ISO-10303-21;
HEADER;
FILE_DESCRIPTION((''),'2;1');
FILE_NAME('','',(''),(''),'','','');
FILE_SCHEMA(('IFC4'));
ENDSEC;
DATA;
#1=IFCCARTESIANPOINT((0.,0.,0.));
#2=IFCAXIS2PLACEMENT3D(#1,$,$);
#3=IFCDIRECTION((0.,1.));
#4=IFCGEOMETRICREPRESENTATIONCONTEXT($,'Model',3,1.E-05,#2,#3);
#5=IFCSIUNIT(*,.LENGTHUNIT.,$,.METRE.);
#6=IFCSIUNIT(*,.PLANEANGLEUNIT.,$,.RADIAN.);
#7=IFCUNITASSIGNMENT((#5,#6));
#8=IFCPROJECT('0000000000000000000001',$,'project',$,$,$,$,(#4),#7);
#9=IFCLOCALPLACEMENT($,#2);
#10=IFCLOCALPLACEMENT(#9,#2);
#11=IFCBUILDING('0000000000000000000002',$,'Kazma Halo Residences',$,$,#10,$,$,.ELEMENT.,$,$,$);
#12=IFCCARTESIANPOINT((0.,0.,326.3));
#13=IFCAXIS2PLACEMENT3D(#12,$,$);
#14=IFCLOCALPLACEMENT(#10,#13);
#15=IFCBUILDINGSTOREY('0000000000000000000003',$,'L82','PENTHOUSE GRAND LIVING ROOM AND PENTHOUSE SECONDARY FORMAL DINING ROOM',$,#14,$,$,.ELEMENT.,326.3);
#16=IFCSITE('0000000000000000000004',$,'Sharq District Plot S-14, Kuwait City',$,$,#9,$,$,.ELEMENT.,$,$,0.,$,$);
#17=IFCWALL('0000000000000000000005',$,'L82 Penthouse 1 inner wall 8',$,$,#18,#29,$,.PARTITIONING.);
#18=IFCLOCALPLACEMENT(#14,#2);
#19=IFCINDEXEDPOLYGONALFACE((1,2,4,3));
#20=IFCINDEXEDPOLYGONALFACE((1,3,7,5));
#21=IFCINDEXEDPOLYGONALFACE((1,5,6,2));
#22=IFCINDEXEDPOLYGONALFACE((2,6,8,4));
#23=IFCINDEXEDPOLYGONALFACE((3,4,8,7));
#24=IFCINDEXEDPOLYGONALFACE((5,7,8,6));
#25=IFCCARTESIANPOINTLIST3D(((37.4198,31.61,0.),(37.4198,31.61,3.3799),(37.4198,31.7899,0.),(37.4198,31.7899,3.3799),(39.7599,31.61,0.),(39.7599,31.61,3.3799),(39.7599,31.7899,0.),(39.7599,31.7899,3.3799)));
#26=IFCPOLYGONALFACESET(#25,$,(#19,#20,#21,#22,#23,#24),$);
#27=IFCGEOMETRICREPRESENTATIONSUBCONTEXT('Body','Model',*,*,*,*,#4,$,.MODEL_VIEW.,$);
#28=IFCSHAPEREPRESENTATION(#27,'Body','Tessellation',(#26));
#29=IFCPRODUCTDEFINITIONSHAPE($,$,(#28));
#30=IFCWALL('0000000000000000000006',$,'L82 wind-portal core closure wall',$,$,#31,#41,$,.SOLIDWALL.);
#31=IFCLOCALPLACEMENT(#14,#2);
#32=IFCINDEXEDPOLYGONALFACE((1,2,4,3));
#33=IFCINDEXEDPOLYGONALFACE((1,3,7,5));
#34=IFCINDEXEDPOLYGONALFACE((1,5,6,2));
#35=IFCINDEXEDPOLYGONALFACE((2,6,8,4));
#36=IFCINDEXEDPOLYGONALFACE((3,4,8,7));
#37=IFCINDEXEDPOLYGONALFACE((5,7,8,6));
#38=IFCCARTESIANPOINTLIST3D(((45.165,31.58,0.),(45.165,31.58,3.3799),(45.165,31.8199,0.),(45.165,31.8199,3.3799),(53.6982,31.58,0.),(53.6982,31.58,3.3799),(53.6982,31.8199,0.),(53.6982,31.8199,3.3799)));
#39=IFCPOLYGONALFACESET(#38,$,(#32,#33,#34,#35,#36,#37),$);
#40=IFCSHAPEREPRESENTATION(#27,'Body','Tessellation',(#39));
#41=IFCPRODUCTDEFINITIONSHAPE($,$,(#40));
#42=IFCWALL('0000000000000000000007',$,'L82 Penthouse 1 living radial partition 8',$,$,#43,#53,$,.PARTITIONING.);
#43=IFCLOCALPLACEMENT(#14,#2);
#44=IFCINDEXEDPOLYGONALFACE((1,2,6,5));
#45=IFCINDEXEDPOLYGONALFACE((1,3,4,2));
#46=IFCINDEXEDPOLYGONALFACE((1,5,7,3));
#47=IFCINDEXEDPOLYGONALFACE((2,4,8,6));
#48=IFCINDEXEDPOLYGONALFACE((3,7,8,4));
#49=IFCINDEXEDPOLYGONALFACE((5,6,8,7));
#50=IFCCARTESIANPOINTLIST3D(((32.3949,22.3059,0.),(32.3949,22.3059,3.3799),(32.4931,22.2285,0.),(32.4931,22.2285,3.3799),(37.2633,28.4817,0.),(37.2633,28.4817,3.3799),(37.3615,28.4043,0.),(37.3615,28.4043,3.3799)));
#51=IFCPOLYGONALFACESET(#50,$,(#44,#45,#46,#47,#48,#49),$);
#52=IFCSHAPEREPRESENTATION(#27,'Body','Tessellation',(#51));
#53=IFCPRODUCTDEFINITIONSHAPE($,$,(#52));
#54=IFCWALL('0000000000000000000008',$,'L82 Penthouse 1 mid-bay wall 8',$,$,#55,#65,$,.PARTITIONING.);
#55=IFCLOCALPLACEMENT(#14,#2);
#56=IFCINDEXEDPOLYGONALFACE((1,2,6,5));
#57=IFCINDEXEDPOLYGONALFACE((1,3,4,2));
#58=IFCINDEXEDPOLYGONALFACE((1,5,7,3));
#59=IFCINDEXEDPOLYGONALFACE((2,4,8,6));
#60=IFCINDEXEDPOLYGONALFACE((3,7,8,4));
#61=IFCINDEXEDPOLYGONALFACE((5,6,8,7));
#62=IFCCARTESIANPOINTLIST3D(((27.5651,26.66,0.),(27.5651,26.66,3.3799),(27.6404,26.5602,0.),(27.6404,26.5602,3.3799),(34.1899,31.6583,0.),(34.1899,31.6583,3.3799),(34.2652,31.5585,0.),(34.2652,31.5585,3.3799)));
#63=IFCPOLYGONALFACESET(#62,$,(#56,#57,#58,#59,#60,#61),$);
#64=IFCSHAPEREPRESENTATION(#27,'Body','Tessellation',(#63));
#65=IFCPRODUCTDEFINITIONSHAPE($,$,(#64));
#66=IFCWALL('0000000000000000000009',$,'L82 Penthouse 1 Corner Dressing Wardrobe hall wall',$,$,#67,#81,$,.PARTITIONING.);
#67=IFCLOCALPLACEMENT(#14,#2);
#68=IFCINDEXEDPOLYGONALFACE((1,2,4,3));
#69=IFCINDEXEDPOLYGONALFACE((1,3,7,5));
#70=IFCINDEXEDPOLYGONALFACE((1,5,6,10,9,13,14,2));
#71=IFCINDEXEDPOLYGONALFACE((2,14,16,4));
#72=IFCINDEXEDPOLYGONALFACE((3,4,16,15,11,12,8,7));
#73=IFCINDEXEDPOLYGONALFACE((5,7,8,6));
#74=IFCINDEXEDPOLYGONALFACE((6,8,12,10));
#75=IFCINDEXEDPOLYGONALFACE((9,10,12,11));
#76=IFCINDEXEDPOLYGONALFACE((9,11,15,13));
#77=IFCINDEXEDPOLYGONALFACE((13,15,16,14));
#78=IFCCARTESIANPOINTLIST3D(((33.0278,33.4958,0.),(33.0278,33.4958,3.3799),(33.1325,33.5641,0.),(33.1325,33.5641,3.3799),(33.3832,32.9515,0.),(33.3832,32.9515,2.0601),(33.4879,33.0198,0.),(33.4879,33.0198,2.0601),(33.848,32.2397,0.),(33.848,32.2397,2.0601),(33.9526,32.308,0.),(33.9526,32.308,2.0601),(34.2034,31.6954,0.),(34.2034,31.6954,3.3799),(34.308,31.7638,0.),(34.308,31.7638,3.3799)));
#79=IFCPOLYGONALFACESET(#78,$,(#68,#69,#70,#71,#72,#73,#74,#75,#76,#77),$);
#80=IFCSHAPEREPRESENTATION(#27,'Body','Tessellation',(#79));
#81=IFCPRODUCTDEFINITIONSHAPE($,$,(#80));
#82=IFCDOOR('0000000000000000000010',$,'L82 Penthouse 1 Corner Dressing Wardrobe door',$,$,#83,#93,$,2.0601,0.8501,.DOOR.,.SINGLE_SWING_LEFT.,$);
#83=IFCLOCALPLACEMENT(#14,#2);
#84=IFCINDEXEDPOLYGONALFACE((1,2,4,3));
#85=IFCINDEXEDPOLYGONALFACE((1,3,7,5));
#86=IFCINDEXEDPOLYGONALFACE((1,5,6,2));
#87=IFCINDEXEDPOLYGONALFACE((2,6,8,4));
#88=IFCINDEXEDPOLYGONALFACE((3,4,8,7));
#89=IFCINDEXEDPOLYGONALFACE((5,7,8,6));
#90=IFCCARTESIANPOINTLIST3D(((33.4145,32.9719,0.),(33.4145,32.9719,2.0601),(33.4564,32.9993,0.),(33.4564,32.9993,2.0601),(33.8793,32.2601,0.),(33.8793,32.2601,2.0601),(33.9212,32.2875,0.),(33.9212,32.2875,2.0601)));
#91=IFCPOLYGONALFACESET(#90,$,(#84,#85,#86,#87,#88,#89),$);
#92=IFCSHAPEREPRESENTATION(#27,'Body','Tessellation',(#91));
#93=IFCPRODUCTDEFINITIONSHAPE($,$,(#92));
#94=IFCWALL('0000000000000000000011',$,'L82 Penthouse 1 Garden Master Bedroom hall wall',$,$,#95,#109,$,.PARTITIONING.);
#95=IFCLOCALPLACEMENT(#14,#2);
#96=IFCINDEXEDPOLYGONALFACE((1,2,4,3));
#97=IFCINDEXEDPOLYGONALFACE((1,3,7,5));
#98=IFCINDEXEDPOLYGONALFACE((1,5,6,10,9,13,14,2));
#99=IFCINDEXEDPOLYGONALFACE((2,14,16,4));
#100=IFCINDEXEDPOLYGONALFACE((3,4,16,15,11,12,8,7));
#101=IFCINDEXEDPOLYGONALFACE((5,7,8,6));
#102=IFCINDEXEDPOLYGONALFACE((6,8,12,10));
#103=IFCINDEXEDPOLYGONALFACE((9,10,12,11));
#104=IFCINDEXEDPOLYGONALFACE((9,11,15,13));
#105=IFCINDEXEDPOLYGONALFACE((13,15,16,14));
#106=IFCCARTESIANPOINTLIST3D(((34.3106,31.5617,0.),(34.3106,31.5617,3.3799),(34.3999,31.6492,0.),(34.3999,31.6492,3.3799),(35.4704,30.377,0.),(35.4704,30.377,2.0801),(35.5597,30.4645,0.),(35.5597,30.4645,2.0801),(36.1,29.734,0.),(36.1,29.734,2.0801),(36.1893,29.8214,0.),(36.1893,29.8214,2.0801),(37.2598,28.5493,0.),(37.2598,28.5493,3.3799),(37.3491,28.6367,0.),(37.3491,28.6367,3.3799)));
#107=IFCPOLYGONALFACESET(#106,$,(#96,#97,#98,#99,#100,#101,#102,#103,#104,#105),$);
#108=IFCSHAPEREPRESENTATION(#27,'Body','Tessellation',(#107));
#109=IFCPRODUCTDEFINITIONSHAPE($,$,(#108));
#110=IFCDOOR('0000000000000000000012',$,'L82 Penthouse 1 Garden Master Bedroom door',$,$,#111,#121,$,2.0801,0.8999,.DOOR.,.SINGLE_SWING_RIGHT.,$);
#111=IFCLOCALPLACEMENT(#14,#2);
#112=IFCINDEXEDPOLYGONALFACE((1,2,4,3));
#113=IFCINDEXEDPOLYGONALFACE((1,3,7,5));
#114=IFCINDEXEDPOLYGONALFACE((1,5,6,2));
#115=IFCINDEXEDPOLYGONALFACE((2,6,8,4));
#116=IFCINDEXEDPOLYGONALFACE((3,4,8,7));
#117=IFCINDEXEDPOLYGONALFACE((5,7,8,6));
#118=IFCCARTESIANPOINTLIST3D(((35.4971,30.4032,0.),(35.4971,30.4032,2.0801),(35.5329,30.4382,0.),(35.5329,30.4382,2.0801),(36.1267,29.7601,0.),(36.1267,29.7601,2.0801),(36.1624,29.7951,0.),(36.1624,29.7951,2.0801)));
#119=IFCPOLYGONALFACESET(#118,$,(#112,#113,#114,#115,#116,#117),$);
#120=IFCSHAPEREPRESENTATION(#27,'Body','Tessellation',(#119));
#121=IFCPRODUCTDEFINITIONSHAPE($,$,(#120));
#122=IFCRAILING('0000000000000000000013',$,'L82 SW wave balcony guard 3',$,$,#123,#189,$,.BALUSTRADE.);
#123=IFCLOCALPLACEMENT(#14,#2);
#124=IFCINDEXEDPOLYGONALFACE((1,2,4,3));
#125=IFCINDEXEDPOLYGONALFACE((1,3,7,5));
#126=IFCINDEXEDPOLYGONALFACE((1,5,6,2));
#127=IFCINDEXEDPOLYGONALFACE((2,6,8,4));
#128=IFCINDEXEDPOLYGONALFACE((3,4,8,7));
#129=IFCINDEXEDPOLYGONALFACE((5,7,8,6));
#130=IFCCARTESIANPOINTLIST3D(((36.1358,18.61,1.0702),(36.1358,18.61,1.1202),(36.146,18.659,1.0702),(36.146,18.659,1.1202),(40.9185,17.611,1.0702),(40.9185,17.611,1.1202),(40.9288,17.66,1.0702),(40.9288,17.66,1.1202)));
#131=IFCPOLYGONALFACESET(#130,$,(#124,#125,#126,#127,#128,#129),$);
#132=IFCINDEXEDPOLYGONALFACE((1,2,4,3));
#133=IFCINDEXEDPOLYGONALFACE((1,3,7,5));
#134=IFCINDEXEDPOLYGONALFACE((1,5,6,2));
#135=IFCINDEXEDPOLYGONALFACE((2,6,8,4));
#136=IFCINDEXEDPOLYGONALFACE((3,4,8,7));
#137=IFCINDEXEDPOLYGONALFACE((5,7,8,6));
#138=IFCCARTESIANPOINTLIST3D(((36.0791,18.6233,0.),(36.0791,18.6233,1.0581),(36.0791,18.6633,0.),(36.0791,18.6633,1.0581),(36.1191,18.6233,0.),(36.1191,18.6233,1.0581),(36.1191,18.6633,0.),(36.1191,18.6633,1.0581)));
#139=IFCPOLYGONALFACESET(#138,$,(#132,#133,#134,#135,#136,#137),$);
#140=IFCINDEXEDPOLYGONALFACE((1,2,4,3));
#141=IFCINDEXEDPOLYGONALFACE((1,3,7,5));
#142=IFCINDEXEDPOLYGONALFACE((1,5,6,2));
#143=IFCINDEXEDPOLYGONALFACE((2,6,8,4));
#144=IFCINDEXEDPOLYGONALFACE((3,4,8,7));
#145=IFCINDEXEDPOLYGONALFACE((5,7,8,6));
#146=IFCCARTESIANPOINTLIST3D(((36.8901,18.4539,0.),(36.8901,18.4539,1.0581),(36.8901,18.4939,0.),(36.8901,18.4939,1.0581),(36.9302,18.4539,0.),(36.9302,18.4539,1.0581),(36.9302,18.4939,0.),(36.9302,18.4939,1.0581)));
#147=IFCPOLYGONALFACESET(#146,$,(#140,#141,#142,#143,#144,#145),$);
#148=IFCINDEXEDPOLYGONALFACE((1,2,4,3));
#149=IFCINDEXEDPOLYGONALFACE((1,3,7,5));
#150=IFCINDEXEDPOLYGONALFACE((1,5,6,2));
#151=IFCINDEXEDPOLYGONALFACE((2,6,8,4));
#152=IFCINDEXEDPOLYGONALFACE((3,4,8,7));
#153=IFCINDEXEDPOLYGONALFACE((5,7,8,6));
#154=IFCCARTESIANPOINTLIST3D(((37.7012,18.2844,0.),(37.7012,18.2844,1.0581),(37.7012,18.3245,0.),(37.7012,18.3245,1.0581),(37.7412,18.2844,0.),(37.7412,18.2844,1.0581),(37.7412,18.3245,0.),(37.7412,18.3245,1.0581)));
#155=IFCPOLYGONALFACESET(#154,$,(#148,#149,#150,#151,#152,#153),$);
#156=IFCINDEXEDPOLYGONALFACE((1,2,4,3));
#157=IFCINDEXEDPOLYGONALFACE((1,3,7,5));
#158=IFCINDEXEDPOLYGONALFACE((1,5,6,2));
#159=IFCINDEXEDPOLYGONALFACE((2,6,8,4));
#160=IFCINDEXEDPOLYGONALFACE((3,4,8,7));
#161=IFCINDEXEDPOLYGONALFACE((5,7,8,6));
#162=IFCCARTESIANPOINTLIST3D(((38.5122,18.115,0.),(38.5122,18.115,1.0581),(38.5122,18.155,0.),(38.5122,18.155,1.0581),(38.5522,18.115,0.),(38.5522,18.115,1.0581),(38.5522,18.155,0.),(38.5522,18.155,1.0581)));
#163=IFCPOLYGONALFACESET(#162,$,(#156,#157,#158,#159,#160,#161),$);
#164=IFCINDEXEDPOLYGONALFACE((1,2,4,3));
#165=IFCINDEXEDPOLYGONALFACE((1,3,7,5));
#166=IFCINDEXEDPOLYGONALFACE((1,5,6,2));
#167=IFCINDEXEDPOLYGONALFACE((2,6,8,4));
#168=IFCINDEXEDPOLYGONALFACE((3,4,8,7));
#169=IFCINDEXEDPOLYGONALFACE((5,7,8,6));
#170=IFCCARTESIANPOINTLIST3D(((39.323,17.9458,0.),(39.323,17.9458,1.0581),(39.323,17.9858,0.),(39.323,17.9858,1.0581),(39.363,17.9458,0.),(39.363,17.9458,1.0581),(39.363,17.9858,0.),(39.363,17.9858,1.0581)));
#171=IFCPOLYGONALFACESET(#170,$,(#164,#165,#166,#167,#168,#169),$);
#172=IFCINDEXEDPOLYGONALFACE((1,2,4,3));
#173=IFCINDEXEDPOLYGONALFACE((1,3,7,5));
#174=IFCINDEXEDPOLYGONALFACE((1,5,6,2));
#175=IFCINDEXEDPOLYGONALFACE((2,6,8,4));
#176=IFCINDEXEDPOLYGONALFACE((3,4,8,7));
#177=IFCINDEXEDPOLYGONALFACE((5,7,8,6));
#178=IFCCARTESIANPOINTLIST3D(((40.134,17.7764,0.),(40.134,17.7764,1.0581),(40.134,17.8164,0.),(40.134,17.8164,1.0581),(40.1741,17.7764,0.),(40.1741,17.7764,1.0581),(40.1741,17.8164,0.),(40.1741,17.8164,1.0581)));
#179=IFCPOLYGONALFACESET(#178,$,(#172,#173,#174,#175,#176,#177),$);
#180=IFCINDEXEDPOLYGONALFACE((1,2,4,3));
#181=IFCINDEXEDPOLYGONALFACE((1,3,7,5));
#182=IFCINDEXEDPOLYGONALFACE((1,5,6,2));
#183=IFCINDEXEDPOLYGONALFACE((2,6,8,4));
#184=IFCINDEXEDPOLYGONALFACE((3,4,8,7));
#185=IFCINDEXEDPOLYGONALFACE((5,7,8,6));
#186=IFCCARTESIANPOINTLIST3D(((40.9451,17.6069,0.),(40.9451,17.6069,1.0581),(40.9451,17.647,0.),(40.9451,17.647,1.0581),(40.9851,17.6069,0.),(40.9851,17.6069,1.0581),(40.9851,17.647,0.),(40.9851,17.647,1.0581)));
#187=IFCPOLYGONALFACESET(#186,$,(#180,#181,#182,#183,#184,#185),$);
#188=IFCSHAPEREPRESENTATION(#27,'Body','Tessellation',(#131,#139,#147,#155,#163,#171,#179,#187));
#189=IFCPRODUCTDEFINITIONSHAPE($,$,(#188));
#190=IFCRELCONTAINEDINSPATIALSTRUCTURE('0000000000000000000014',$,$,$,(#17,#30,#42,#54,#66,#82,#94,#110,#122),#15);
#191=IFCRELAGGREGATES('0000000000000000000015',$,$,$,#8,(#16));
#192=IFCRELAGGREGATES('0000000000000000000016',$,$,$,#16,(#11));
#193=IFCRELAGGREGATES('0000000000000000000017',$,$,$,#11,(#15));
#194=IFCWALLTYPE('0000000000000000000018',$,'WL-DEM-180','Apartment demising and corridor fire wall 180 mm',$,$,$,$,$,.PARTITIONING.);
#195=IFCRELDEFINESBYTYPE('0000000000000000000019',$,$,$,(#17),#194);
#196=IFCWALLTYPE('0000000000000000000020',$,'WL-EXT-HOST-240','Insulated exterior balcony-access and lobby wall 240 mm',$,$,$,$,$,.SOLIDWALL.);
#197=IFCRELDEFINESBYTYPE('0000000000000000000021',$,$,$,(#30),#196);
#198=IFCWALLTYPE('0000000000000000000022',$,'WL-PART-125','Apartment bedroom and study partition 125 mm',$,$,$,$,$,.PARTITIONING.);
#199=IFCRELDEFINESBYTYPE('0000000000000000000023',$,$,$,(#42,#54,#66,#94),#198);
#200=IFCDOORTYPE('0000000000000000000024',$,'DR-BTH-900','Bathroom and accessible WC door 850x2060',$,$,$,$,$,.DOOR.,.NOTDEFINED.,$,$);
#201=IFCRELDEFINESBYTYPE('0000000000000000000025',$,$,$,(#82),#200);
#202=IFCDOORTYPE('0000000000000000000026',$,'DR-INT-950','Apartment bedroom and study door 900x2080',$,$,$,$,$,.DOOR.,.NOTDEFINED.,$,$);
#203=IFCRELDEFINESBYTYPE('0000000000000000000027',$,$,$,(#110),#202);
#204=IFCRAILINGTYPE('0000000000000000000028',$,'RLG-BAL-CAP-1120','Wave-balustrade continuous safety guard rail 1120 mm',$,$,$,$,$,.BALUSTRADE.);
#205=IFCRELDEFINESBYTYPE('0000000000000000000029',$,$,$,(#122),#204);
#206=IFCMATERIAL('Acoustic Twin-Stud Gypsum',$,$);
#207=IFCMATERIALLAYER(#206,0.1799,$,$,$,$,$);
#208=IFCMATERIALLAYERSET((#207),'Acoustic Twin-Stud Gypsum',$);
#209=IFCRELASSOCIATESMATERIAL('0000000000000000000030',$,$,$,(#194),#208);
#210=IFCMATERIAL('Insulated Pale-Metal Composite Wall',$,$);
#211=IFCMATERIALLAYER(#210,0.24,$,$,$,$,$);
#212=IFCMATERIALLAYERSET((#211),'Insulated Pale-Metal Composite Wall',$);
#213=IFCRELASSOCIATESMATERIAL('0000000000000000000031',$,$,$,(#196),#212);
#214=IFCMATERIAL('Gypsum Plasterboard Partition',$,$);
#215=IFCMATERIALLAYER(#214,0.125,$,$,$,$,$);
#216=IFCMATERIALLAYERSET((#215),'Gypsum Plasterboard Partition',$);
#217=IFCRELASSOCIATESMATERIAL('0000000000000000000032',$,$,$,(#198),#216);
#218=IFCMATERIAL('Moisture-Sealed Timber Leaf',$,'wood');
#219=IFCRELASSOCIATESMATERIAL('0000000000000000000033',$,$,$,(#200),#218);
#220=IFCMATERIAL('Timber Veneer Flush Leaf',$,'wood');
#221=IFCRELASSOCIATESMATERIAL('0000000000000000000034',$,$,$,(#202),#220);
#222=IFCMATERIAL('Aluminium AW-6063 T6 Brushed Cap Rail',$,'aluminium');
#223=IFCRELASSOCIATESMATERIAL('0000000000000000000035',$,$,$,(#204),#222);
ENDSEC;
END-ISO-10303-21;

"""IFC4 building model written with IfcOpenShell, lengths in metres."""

from ifc_helpers import new_model, si_unit, direction, frame, frame_2d, origin, origin_2d, place, context, subcontext, project, spatial, rectangle, extrude, material, layer, layer_set, type_object, element, fill, save


model = new_model("IFC4")

# Units and contexts
model_context = context("Model", 3, precision=1e-05, world=origin(), true_north=direction((0.0, 1.0)))
body_context = subcontext(model_context, "Body", "Model", "MODEL_VIEW")
ifc_project = project(units=[si_unit("LENGTHUNIT", "METRE"), si_unit("PLANEANGLEUNIT", "RADIAN")], contexts=[model_context])

# Site, building, storey
site_placement = place(None, origin())
site = spatial("IfcSite", under=ifc_project, at=site_placement, Name="Sharq District Plot S-14, Kuwait City", CompositionType="ELEMENT", RefElevation=0.0)
building_placement = place(site_placement, origin())
building = spatial("IfcBuilding", under=site, at=building_placement, Name="Kazma Halo Residences", CompositionType="ELEMENT")
storey_placement = place(building_placement, frame((0.0, 0.0, 326.3)))
storey = spatial("IfcBuildingStorey", under=building, at=storey_placement, Name="L82", Description="PENTHOUSE GRAND LIVING ROOM AND PENTHOUSE SECONDARY FORMAL DINING ROOM", CompositionType="ELEMENT", Elevation=326.3)

# Shared definitions
ifc_material_1 = material(Name="Acoustic Twin-Stud Gypsum")
ifc_layer_1 = layer(ifc_material_1, 0.1799)
ifc_layer_set_1 = layer_set([ifc_layer_1], Name="Acoustic Twin-Stud Gypsum")
wall_type_1 = type_object("IfcWallType", Name="WL-DEM-180", Description="Apartment demising and corridor fire wall 180 mm", PredefinedType="PARTITIONING", material=ifc_layer_set_1)

# Walls
wall_1_placement = place(storey_placement, frame((37.4199, 31.7, 0.0), z_axis=(0.0, 0.0, 1.0), x_axis=(1.0, 0.0, 0.0)))
element("IfcWall", 1, at=wall_1_placement, inside=storey, type_object=wall_type_1, Name="L82 Penthouse 1 inner wall 8", PredefinedType="PARTITIONING", context=body_context, shape_type="SweptSolid", body=[
    extrude(rectangle(XDim=2.3401, YDim=0.1799, at=frame_2d((1.1699, 0.0))), origin(), (0.0, 0.0, 1.0), 3.3799),
])
ifc_material_2 = material(Name="Insulated Pale-Metal Composite Wall")
ifc_layer_2 = layer(ifc_material_2, 0.24)
ifc_layer_set_2 = layer_set([ifc_layer_2], Name="Insulated Pale-Metal Composite Wall")
wall_type_2 = type_object("IfcWallType", Name="WL-EXT-HOST-240", Description="Insulated exterior balcony-access and lobby wall 240 mm", PredefinedType="SOLIDWALL", material=ifc_layer_set_2)
wall_2_placement = place(storey_placement, frame((45.165, 31.7, 0.0), z_axis=(0.0, 0.0, 1.0), x_axis=(1.0, 0.0, 0.0)))
element("IfcWall", 2, at=wall_2_placement, inside=storey, type_object=wall_type_2, Name="L82 wind-portal core closure wall", PredefinedType="SOLIDWALL", context=body_context, shape_type="SweptSolid", body=[
    extrude(rectangle(XDim=8.5332, YDim=0.24, at=frame_2d((4.2666, 0.0))), origin(), (0.0, 0.0, 1.0), 3.3799),
])
ifc_material_3 = material(Name="Gypsum Plasterboard Partition")
ifc_layer_3 = layer(ifc_material_3, 0.125)
ifc_layer_set_3 = layer_set([ifc_layer_3], Name="Gypsum Plasterboard Partition")
wall_type_3 = type_object("IfcWallType", Name="WL-PART-125", Description="Apartment bedroom and study partition 125 mm", PredefinedType="PARTITIONING", material=ifc_layer_set_3)
wall_3_placement = place(storey_placement, frame((37.3125, 28.4431, 0.0), z_axis=(0.0, 0.0, 1.0), x_axis=(-0.619079, -0.785328, 0.0)))
element("IfcWall", 3, at=wall_3_placement, inside=storey, type_object=wall_type_3, Name="L82 Penthouse 1 living radial partition 8", PredefinedType="PARTITIONING", context=body_context, shape_type="SweptSolid", body=[
    extrude(rectangle(XDim=7.864, YDim=0.125, at=frame_2d((3.9321, 0.0))), origin(), (0.0, 0.0, 1.0), 3.3799),
])
wall_4_placement = place(storey_placement, frame((34.2275, 31.6084, 0.0), z_axis=(0.0, 0.0, 1.0), x_axis=(-0.798277, -0.60229, 0.0)))
element("IfcWall", 4, at=wall_4_placement, inside=storey, type_object=wall_type_3, Name="L82 Penthouse 1 mid-bay wall 8", PredefinedType="PARTITIONING", context=body_context, shape_type="SweptSolid", body=[
    extrude(rectangle(XDim=8.2988, YDim=0.125, at=frame_2d((4.1494, 0.0))), origin(), (0.0, 0.0, 1.0), 3.3799),
])

# Walls, openings, doors
wall_5_placement = place(storey_placement, frame((33.0801, 33.53, 0.0), z_axis=(0.0, 0.0, 1.0), x_axis=(0.546735, -0.837306, 0.0)))
wall_5 = element("IfcWall", 5, at=wall_5_placement, inside=storey, type_object=wall_type_3, Name="L82 Penthouse 1 Corner Dressing Wardrobe hall wall", PredefinedType="PARTITIONING", context=body_context, shape_type="SweptSolid", body=[
    extrude(rectangle(XDim=2.1501, YDim=0.125, at=frame_2d((1.0752, 0.0))), origin(), (0.0, 0.0, 1.0), 3.3799),
])
opening_1_placement = place(wall_5_placement, frame((0.6501, 0.0, 0.0)))
opening_1 = element("IfcOpeningElement", 6, at=opening_1_placement, cuts=wall_5, PredefinedType="OPENING", context=body_context, shape_type="SweptSolid", body=[
    extrude(rectangle(XDim=0.8501, YDim=2.0601, at=frame_2d((0.425, 1.03))), frame((0.0, 0.0725, 0.0), z_axis=(0.0, -1.0, 0.0), x_axis=(1.0, 0.0, 0.0)), (0.0, 0.0, 1.0), 0.145),
])
ifc_material_4 = material(Name="Moisture-Sealed Timber Leaf", Category="wood")
door_type_1 = type_object("IfcDoorType", Name="DR-BTH-900", Description="Bathroom and accessible WC door 850x2060", OperationType="NOTDEFINED", PredefinedType="DOOR", material=ifc_material_4)
door_1_placement = place(opening_1_placement, origin())
door_1 = element("IfcDoor", 7, at=door_1_placement, inside=storey, type_object=door_type_1, Name="L82 Penthouse 1 Corner Dressing Wardrobe door", OperationType="SINGLE_SWING_LEFT", OverallHeight=2.0601, OverallWidth=0.8501, PredefinedType="DOOR", context=body_context, shape_type="SweptSolid", body=[
    extrude(rectangle(XDim=0.8501, YDim=2.0601, at=frame_2d((0.425, 1.03))), frame((0.0, 0.0249, 0.0), z_axis=(0.0, -1.0, 0.0), x_axis=(1.0, 0.0, 0.0)), (0.0, 0.0, 1.0), 0.05),
])
fill(opening_1, door_1)
wall_6_placement = place(storey_placement, frame((34.3552, 31.6055, 0.0), z_axis=(0.0, 0.0, 1.0), x_axis=(0.699568, -0.714567, 0.0)))
wall_6 = element("IfcWall", 8, at=wall_6_placement, inside=storey, type_object=wall_type_3, Name="L82 Penthouse 1 Garden Master Bedroom hall wall", PredefinedType="PARTITIONING", context=body_context, shape_type="SweptSolid", body=[
    extrude(rectangle(XDim=4.2158, YDim=0.125, at=frame_2d((2.1079, 0.0))), origin(), (0.0, 0.0, 1.0), 3.3799),
])
opening_2_placement = place(wall_6_placement, frame((1.658, 0.0, 0.0)))
opening_2 = element("IfcOpeningElement", 9, at=opening_2_placement, cuts=wall_6, PredefinedType="OPENING", context=body_context, shape_type="SweptSolid", body=[
    extrude(rectangle(XDim=0.8999, YDim=2.0801, at=frame_2d((0.45, 1.04))), frame((0.0, 0.0725, 0.0), z_axis=(0.0, -1.0, 0.0), x_axis=(1.0, 0.0, 0.0)), (0.0, 0.0, 1.0), 0.145),
])
ifc_material_5 = material(Name="Timber Veneer Flush Leaf", Category="wood")
door_type_2 = type_object("IfcDoorType", Name="DR-INT-950", Description="Apartment bedroom and study door 900x2080", OperationType="NOTDEFINED", PredefinedType="DOOR", material=ifc_material_5)
door_2_placement = place(opening_2_placement, origin())
door_2 = element("IfcDoor", 10, at=door_2_placement, inside=storey, type_object=door_type_2, Name="L82 Penthouse 1 Garden Master Bedroom door", OperationType="SINGLE_SWING_RIGHT", OverallHeight=2.0801, OverallWidth=0.8999, PredefinedType="DOOR", context=body_context, shape_type="SweptSolid", body=[
    extrude(rectangle(XDim=0.8999, YDim=2.0801, at=frame_2d((0.45, 1.04))), frame((0.0, 0.0249, 0.0), z_axis=(0.0, -1.0, 0.0), x_axis=(1.0, 0.0, 0.0)), (0.0, 0.0, 1.0), 0.05),
])
fill(opening_2, door_2)

# Railing
ifc_material_6 = material(Name="Aluminium AW-6063 T6 Brushed Cap Rail", Category="aluminium")
railing_type_1 = type_object("IfcRailingType", Name="RLG-BAL-CAP-1120", Description="Wave-balustrade continuous safety guard rail 1120 mm", PredefinedType="BALUSTRADE", material=ifc_material_6)
railing_1_placement = place(storey_placement, frame((36.0991, 18.6433, 0.0)))
element("IfcRailing", 11, at=railing_1_placement, inside=storey, type_object=railing_type_1, Name="L82 SW wave balcony guard 3", PredefinedType="BALUSTRADE", context=body_context, shape_type="SweptSolid", body=[
    extrude(rectangle(XDim=0.05, YDim=0.05, at=origin_2d()), frame((0.0417, -0.0088, 1.0952), z_axis=(0.978875, -0.204458, 0.0), x_axis=(0.204458, 0.978875, 0.0)), (0.0, 0.0, 1.0), 4.886),
    extrude(rectangle(XDim=0.04, YDim=0.04, at=origin_2d()), origin(), (0.0, 0.0, 1.0), 1.0581),
    extrude(rectangle(XDim=0.04, YDim=0.04, at=origin_2d()), frame((0.811, -0.1694, 0.0)), (0.0, 0.0, 1.0), 1.0581),
    extrude(rectangle(XDim=0.04, YDim=0.04, at=origin_2d()), frame((1.6221, -0.3389, 0.0)), (0.0, 0.0, 1.0), 1.0581),
    extrude(rectangle(XDim=0.04, YDim=0.04, at=origin_2d()), frame((2.4331, -0.5083, 0.0)), (0.0, 0.0, 1.0), 1.0581),
    extrude(rectangle(XDim=0.04, YDim=0.04, at=origin_2d()), frame((3.2439, -0.6775, 0.0)), (0.0, 0.0, 1.0), 1.0581),
    extrude(rectangle(XDim=0.04, YDim=0.04, at=origin_2d()), frame((4.0549, -0.8469, 0.0)), (0.0, 0.0, 1.0), 1.0581),
    extrude(rectangle(XDim=0.04, YDim=0.04, at=origin_2d()), frame((4.866, -1.0164, 0.0)), (0.0, 0.0, 1.0), 1.0581),
])

save(model, "model.ifc")
